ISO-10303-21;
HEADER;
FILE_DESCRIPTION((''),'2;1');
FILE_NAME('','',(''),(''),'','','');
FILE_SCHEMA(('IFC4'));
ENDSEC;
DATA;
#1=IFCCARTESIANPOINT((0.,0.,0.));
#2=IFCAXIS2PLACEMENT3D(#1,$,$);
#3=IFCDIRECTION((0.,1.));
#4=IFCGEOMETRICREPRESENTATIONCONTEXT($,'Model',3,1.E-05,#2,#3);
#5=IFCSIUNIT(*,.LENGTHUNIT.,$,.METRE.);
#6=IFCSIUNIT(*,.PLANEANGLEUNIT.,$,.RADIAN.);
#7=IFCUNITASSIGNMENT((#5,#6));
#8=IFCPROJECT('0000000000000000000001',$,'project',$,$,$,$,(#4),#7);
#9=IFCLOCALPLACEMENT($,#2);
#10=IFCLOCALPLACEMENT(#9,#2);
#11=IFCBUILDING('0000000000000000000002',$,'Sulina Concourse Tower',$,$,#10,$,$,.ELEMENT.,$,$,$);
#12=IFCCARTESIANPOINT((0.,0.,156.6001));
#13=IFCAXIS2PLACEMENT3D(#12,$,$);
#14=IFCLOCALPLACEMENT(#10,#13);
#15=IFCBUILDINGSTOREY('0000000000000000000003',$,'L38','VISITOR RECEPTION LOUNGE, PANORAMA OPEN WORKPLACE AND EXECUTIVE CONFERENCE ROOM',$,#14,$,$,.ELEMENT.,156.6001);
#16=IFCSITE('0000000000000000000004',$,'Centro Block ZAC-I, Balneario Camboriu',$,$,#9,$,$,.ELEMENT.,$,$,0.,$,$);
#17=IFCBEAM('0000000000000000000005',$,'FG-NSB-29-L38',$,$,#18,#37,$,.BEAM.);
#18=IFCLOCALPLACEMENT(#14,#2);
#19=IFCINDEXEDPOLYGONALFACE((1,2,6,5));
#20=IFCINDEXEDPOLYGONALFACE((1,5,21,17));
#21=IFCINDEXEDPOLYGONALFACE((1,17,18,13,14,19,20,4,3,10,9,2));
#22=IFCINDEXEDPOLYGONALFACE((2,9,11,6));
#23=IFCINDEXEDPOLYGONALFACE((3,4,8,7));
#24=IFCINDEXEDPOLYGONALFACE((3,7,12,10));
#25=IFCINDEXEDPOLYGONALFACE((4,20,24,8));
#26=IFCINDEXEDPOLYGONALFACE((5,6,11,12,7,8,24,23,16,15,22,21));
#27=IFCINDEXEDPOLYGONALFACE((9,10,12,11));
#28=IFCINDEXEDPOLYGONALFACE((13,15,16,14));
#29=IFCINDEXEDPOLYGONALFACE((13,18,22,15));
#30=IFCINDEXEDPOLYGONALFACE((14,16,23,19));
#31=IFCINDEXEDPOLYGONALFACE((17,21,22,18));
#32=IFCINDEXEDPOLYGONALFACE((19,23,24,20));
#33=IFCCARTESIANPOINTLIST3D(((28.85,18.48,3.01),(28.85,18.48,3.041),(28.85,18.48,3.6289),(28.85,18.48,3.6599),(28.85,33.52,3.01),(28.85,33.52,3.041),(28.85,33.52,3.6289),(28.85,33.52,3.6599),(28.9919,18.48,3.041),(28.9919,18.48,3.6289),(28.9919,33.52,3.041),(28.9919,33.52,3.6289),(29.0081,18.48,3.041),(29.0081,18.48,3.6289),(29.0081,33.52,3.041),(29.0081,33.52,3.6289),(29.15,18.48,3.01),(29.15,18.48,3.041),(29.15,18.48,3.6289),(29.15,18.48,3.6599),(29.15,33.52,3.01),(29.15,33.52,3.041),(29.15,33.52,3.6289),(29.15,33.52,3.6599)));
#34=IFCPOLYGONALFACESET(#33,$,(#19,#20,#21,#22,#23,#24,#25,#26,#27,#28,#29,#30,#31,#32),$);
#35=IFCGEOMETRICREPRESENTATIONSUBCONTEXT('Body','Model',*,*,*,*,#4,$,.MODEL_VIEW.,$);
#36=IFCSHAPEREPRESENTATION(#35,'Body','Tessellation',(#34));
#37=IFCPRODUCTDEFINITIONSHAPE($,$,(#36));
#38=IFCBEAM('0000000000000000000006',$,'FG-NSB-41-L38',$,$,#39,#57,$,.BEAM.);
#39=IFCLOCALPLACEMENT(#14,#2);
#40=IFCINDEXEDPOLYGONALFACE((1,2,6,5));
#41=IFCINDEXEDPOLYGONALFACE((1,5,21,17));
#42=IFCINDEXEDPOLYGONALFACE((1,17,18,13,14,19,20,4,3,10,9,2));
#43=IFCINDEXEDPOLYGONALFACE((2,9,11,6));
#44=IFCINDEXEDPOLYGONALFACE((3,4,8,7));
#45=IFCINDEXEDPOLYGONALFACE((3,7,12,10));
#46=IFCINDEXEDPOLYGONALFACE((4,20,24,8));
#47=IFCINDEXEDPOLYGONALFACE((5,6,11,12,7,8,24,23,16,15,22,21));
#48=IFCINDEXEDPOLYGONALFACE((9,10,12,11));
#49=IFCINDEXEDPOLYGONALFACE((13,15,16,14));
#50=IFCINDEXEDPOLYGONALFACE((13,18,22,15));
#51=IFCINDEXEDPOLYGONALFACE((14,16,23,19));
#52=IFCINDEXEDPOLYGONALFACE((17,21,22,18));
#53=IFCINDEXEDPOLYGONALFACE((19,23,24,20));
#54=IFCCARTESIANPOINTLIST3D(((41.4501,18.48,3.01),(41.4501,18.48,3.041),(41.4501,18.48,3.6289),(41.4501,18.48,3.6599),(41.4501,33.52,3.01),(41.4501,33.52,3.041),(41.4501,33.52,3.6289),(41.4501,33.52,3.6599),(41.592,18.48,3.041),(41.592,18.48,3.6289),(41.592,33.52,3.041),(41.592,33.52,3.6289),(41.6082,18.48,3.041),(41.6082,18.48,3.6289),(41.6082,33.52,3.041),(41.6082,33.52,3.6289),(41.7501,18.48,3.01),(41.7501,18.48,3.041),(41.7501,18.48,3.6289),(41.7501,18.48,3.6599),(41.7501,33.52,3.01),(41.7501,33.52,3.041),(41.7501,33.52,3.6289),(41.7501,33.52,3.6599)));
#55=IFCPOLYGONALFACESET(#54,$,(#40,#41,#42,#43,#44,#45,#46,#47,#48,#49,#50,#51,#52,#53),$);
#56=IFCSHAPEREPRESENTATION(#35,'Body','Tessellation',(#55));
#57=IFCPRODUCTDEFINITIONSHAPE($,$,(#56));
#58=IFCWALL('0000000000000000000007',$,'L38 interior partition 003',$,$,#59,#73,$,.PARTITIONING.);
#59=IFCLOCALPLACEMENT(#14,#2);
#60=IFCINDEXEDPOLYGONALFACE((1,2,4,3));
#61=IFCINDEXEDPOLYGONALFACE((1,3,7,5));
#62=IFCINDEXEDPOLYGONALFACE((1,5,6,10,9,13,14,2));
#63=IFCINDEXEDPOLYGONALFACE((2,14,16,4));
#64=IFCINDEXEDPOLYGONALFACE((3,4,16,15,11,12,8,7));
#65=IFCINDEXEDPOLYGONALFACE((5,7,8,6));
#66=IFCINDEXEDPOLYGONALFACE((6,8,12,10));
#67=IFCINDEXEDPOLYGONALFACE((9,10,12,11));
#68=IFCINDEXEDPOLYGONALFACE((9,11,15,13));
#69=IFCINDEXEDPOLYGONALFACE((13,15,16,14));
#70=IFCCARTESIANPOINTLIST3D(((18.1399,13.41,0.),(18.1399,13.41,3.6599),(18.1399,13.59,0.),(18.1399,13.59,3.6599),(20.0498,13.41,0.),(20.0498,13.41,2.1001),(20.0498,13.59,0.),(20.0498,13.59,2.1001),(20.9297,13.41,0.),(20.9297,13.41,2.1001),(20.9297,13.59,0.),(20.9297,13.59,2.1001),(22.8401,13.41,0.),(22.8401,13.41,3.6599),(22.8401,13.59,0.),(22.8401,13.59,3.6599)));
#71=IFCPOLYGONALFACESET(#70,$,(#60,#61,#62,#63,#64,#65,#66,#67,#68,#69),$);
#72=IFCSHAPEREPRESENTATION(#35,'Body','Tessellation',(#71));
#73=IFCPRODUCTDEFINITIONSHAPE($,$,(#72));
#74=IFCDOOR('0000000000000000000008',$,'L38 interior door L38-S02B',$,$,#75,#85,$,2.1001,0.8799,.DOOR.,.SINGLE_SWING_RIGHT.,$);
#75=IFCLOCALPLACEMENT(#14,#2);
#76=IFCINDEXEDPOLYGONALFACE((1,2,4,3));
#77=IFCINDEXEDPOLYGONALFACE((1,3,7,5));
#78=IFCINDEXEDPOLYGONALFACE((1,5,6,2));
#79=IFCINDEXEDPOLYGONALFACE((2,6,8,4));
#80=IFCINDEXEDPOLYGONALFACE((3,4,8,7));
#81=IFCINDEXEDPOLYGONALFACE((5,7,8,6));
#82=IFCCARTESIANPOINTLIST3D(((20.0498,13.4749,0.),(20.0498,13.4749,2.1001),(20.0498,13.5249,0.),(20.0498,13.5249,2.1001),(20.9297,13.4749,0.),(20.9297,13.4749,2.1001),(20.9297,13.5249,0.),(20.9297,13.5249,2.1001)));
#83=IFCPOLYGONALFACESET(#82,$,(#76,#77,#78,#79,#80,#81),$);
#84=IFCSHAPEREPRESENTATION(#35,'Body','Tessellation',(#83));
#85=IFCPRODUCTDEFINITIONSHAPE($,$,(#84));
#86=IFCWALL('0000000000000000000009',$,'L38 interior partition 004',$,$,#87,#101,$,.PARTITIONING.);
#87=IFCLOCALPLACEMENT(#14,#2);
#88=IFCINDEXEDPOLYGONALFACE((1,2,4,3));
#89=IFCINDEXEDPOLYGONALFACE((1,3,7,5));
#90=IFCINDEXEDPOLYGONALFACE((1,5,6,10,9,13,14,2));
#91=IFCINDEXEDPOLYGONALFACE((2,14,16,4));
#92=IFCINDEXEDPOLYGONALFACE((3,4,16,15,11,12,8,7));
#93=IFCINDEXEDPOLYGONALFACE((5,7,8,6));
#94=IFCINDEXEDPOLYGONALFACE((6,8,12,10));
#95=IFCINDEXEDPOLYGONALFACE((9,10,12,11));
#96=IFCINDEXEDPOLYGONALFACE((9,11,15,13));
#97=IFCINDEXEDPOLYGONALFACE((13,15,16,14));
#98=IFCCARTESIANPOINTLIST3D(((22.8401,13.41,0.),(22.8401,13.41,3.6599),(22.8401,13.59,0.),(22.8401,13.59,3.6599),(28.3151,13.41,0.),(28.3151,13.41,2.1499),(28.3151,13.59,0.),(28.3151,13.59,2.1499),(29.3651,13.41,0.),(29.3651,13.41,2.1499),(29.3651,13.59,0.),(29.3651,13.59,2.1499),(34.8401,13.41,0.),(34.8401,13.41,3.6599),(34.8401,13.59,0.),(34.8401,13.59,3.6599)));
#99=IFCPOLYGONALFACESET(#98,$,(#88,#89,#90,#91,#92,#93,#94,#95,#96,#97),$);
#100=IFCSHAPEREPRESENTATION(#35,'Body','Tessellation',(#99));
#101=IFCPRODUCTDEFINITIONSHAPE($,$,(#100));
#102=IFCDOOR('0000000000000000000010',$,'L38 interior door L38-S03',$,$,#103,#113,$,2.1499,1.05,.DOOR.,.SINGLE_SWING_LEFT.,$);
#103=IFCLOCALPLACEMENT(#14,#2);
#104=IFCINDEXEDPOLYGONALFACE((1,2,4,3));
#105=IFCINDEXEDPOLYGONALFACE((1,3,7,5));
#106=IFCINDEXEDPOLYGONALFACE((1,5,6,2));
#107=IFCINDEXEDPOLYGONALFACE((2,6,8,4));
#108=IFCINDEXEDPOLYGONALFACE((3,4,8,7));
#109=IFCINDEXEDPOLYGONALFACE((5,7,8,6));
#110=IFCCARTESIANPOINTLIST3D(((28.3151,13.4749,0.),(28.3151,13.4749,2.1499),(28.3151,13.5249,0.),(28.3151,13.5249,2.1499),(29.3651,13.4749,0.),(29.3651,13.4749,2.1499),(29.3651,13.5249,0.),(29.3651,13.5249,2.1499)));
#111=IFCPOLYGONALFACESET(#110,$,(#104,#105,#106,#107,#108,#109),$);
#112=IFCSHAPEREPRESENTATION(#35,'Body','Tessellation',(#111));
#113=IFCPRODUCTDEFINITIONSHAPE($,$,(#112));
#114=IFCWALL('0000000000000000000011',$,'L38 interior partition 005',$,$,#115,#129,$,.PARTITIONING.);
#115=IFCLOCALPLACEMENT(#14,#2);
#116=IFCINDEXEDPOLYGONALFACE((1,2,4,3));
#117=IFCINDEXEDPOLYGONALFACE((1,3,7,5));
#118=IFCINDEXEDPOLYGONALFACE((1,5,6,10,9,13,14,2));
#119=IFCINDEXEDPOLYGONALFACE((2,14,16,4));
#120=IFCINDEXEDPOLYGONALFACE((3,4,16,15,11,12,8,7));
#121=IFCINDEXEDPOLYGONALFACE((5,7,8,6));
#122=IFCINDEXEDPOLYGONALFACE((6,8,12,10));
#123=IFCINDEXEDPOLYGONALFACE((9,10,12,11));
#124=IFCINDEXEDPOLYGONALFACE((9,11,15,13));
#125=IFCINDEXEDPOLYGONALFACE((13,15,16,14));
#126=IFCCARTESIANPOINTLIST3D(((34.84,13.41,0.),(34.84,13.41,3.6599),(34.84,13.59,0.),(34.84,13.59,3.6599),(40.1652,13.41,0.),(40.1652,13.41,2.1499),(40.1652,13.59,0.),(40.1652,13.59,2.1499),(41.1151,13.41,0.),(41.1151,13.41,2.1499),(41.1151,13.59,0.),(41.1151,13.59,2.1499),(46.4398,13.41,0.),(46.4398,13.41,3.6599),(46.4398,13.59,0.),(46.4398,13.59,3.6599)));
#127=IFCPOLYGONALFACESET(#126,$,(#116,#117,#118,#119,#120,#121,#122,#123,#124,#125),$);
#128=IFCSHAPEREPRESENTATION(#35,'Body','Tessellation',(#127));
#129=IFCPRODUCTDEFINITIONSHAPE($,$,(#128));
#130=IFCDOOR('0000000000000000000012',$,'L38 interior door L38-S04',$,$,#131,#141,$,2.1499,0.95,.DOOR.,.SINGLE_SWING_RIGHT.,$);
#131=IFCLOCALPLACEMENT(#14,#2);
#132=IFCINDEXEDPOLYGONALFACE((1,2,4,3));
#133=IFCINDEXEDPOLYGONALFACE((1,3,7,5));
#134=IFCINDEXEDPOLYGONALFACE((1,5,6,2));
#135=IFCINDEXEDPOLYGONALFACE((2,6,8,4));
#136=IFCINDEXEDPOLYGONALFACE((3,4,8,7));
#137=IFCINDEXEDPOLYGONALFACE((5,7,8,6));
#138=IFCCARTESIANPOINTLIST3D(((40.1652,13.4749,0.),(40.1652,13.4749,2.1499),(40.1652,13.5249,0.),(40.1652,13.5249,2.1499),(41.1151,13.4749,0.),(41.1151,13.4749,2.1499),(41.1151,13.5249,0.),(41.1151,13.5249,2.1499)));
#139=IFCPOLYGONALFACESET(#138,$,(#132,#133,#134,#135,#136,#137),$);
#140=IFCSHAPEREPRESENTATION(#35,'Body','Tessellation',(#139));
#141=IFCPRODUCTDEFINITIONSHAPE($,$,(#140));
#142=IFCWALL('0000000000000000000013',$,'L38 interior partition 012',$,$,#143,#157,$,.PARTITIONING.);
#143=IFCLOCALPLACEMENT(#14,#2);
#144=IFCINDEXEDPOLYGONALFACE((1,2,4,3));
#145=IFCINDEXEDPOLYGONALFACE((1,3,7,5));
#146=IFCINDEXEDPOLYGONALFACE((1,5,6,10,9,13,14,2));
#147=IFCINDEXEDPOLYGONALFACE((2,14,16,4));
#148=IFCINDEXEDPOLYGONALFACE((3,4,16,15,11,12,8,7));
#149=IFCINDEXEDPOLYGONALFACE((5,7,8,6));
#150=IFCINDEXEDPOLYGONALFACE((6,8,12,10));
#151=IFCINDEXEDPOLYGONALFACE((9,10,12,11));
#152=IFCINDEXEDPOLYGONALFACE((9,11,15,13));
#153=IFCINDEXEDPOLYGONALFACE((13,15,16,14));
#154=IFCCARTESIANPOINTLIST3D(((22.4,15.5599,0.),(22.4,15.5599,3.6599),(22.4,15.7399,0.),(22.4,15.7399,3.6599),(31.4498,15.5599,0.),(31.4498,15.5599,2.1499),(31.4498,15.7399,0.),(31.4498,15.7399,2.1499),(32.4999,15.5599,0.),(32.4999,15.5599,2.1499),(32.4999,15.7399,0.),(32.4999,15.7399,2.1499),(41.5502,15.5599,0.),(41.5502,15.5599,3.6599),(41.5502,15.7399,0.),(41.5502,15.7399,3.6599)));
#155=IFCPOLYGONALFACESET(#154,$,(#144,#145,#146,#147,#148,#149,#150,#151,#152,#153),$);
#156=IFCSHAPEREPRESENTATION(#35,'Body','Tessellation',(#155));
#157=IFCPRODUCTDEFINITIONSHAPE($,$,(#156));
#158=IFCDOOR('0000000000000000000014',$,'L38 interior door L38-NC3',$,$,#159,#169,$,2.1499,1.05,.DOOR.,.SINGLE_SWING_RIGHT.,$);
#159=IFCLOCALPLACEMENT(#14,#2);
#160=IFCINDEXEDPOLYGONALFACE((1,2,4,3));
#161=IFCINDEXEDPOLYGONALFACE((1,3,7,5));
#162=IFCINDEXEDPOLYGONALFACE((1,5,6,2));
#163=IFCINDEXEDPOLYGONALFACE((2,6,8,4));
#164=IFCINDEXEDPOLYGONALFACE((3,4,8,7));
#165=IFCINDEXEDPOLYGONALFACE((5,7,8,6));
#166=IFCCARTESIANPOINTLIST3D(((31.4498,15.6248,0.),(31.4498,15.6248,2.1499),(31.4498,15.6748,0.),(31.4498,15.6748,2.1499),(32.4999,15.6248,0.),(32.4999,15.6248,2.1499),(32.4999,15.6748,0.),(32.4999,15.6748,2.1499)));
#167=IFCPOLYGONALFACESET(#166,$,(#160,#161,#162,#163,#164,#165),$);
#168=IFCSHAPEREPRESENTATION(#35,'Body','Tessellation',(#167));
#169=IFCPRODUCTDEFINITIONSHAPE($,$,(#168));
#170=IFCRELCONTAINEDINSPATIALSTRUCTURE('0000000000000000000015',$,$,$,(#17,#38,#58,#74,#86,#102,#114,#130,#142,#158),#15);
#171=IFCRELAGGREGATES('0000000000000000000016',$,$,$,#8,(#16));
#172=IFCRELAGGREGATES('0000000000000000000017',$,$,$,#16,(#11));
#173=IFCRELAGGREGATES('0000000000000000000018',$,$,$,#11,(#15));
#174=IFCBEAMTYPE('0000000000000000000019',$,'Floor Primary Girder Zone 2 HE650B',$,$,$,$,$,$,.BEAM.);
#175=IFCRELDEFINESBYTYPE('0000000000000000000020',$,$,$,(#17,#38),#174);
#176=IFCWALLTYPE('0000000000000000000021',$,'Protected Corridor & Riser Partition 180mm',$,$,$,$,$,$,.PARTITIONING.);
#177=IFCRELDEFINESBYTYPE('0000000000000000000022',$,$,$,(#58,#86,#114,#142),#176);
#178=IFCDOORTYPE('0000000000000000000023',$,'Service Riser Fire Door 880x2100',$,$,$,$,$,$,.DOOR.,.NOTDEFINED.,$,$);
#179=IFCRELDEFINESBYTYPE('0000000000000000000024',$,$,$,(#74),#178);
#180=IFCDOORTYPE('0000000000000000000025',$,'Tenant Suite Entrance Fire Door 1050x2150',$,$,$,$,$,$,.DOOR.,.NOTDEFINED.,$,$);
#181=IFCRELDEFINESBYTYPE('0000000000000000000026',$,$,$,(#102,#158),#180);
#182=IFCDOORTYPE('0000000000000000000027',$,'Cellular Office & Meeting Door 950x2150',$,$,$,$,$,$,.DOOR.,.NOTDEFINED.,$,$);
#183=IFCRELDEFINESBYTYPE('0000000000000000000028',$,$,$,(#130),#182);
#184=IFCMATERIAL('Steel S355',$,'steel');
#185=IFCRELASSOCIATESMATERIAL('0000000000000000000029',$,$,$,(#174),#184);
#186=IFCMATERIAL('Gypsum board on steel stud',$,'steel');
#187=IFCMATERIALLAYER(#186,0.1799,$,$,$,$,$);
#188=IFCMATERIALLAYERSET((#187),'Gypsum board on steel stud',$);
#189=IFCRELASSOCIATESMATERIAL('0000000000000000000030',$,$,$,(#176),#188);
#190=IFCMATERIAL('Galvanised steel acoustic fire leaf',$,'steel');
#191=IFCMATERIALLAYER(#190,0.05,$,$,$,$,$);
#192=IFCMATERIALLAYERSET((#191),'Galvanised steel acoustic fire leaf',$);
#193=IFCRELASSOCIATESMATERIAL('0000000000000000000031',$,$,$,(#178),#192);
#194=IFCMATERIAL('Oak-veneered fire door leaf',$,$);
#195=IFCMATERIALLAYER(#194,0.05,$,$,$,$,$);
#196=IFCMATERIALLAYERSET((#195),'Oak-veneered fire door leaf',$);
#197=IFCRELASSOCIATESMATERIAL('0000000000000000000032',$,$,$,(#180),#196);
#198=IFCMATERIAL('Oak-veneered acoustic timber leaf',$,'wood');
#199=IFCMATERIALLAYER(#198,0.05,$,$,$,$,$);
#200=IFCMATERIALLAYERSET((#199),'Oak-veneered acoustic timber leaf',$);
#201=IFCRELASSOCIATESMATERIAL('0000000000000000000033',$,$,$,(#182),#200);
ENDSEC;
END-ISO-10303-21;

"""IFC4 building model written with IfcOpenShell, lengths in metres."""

from ifc_helpers import new_model, si_unit, direction, frame, frame_2d, origin, origin_2d, place, context, subcontext, project, spatial, rectangle, i_section, extrude, material, layer, layer_set, material_profile, profile_set, type_object, element, fill, save


model = new_model("IFC4")

# Units and contexts
model_context = context("Model", 3, precision=1e-05, world=origin(), true_north=direction((0.0, 1.0)))
body_context = subcontext(model_context, "Body", "Model", "MODEL_VIEW")
ifc_project = project(units=[si_unit("LENGTHUNIT", "METRE"), si_unit("PLANEANGLEUNIT", "RADIAN")], contexts=[model_context])

# Site, building, storey
site_placement = place(None, origin())
site = spatial("IfcSite", under=ifc_project, at=site_placement, Name="Centro Block ZAC-I, Balneario Camboriu", CompositionType="ELEMENT", RefElevation=0.0)
building_placement = place(site_placement, origin())
building = spatial("IfcBuilding", under=site, at=building_placement, Name="Sulina Concourse Tower", CompositionType="ELEMENT")
storey_placement = place(building_placement, frame((0.0, 0.0, 156.6001)))
storey = spatial("IfcBuildingStorey", under=building, at=storey_placement, Name="L38", Description="VISITOR RECEPTION LOUNGE, PANORAMA OPEN WORKPLACE AND EXECUTIVE CONFERENCE ROOM", CompositionType="ELEMENT", Elevation=156.6001)

# Beams
ifc_material_1 = material(Name="Steel S355", Category="steel")
ifc_material_profile_1 = material_profile(ifc_material_1, i_section(OverallWidth=0.3, OverallDepth=0.6499, WebThickness=0.0161, FlangeThickness=0.031, at=origin_2d()), Name="HE 650 B")
ifc_profile_set_1 = profile_set([ifc_material_profile_1], Name="Steel S355")
beam_type_1 = type_object("IfcBeamType", Name="Floor Primary Girder Zone 2 HE650B", PredefinedType="BEAM", material=ifc_profile_set_1)
for number, where, z_axis, x_axis, name in (
    (1, (29.0, 18.48, 3.335), (0.0, 1.0, 0.0), (-1.0, 0.0, 0.0), "FG-NSB-29-L38"),
    (2, (41.6001, 18.48, 3.335), (0.0, 1.0, 0.0), (-1.0, 0.0, 0.0), "FG-NSB-41-L38"),
):
    element("IfcBeam", number, at=place(storey_placement, frame(where, z_axis=z_axis, x_axis=x_axis)), inside=storey, type_object=beam_type_1, Name=name, PredefinedType="BEAM", context=body_context, shape_type="SweptSolid", body=[
        extrude(i_section(OverallWidth=0.3, OverallDepth=0.6499, WebThickness=0.0161, FlangeThickness=0.031, at=origin_2d()), origin(), (0.0, 0.0, 1.0), 15.04),
    ])

# Walls, openings, doors
ifc_material_2 = material(Name="Gypsum board on steel stud", Category="steel")
ifc_layer_1 = layer(ifc_material_2, 0.1799)
ifc_layer_set_1 = layer_set([ifc_layer_1], Name="Gypsum board on steel stud")
wall_type = type_object("IfcWallType", Name="Protected Corridor & Riser Partition 180mm", PredefinedType="PARTITIONING", material=ifc_layer_set_1)
wall_1_placement = place(storey_placement, frame((18.1399, 13.5, 0.0), z_axis=(0.0, 0.0, 1.0), x_axis=(1.0, 0.0, 0.0)))
wall_1 = element("IfcWall", 3, at=wall_1_placement, inside=storey, type_object=wall_type, Name="L38 interior partition 003", PredefinedType="PARTITIONING", context=body_context, shape_type="SweptSolid", body=[
    extrude(rectangle(XDim=4.7002, YDim=0.1799, at=frame_2d((2.3501, 0.0))), origin(), (0.0, 0.0, 1.0), 3.6599),
])
opening_1_placement = place(wall_1_placement, frame((1.9099, 0.0, 0.0)))
opening_1 = element("IfcOpeningElement", 4, at=opening_1_placement, cuts=wall_1, PredefinedType="OPENING", context=body_context, shape_type="SweptSolid", body=[
    extrude(rectangle(XDim=0.8799, YDim=2.1001, at=frame_2d((0.4399, 1.05))), frame((0.0, 0.0999, 0.0), z_axis=(0.0, -1.0, 0.0), x_axis=(1.0, 0.0, 0.0)), (0.0, 0.0, 1.0), 0.2),
])
ifc_material_3 = material(Name="Galvanised steel acoustic fire leaf", Category="steel")
ifc_layer_2 = layer(ifc_material_3, 0.05)
ifc_layer_set_2 = layer_set([ifc_layer_2], Name="Galvanised steel acoustic fire leaf")
door_type_1 = type_object("IfcDoorType", Name="Service Riser Fire Door 880x2100", OperationType="NOTDEFINED", PredefinedType="DOOR", material=ifc_layer_set_2)
door_1_placement = place(opening_1_placement, origin())
door_1 = element("IfcDoor", 5, at=door_1_placement, inside=storey, type_object=door_type_1, Name="L38 interior door L38-S02B", OperationType="SINGLE_SWING_RIGHT", OverallHeight=2.1001, OverallWidth=0.8799, PredefinedType="DOOR", context=body_context, shape_type="SweptSolid", body=[
    extrude(rectangle(XDim=0.8799, YDim=2.1001, at=frame_2d((0.4399, 1.05))), frame((0.0, 0.0249, 0.0), z_axis=(0.0, -1.0, 0.0), x_axis=(1.0, 0.0, 0.0)), (0.0, 0.0, 1.0), 0.05),
])
fill(opening_1, door_1)
wall_2_placement = place(storey_placement, frame((22.8401, 13.5, 0.0), z_axis=(0.0, 0.0, 1.0), x_axis=(1.0, 0.0, 0.0)))
wall_2 = element("IfcWall", 6, at=wall_2_placement, inside=storey, type_object=wall_type, Name="L38 interior partition 004", PredefinedType="PARTITIONING", context=body_context, shape_type="SweptSolid", body=[
    extrude(rectangle(XDim=12.0, YDim=0.1799, at=frame_2d((6.0, 0.0))), origin(), (0.0, 0.0, 1.0), 3.6599),
])
opening_2_placement = place(wall_2_placement, frame((5.4751, 0.0, 0.0)))
opening_2 = element("IfcOpeningElement", 7, at=opening_2_placement, cuts=wall_2, PredefinedType="OPENING", context=body_context, shape_type="SweptSolid", body=[
    extrude(rectangle(XDim=1.05, YDim=2.1499, at=frame_2d((0.5249, 1.075))), frame((0.0, 0.0999, 0.0), z_axis=(0.0, -1.0, 0.0), x_axis=(1.0, 0.0, 0.0)), (0.0, 0.0, 1.0), 0.2),
])
ifc_material_4 = material(Name="Oak-veneered fire door leaf")
ifc_layer_3 = layer(ifc_material_4, 0.05)
ifc_layer_set_3 = layer_set([ifc_layer_3], Name="Oak-veneered fire door leaf")
door_type_2 = type_object("IfcDoorType", Name="Tenant Suite Entrance Fire Door 1050x2150", OperationType="NOTDEFINED", PredefinedType="DOOR", material=ifc_layer_set_3)
door_2_placement = place(opening_2_placement, origin())
door_2 = element("IfcDoor", 8, at=door_2_placement, inside=storey, type_object=door_type_2, Name="L38 interior door L38-S03", OperationType="SINGLE_SWING_LEFT", OverallHeight=2.1499, OverallWidth=1.05, PredefinedType="DOOR", context=body_context, shape_type="SweptSolid", body=[
    extrude(rectangle(XDim=1.05, YDim=2.1499, at=frame_2d((0.5249, 1.075))), frame((0.0, 0.0249, 0.0), z_axis=(0.0, -1.0, 0.0), x_axis=(1.0, 0.0, 0.0)), (0.0, 0.0, 1.0), 0.05),
])
fill(opening_2, door_2)
wall_3_placement = place(storey_placement, frame((34.8401, 13.5, 0.0), z_axis=(0.0, 0.0, 1.0), x_axis=(1.0, 0.0, 0.0)))
wall_3 = element("IfcWall", 9, at=wall_3_placement, inside=storey, type_object=wall_type, Name="L38 interior partition 005", PredefinedType="PARTITIONING", context=body_context, shape_type="SweptSolid", body=[
    extrude(rectangle(XDim=11.5999, YDim=0.1799, at=frame_2d((5.7998, 0.0))), origin(), (0.0, 0.0, 1.0), 3.6599),
])
opening_3_placement = place(wall_3_placement, frame((5.325, 0.0, 0.0)))
opening_3 = element("IfcOpeningElement", 10, at=opening_3_placement, cuts=wall_3, PredefinedType="OPENING", context=body_context, shape_type="SweptSolid", body=[
    extrude(rectangle(XDim=0.95, YDim=2.1499, at=frame_2d((0.4751, 1.075))), frame((0.0, 0.0999, 0.0), z_axis=(0.0, -1.0, 0.0), x_axis=(1.0, 0.0, 0.0)), (0.0, 0.0, 1.0), 0.2),
])
ifc_material_5 = material(Name="Oak-veneered acoustic timber leaf", Category="wood")
ifc_layer_4 = layer(ifc_material_5, 0.05)
ifc_layer_set_4 = layer_set([ifc_layer_4], Name="Oak-veneered acoustic timber leaf")
door_type_3 = type_object("IfcDoorType", Name="Cellular Office & Meeting Door 950x2150", OperationType="NOTDEFINED", PredefinedType="DOOR", material=ifc_layer_set_4)
door_3_placement = place(opening_3_placement, origin())
door_3 = element("IfcDoor", 11, at=door_3_placement, inside=storey, type_object=door_type_3, Name="L38 interior door L38-S04", OperationType="SINGLE_SWING_RIGHT", OverallHeight=2.1499, OverallWidth=0.95, PredefinedType="DOOR", context=body_context, shape_type="SweptSolid", body=[
    extrude(rectangle(XDim=0.95, YDim=2.1499, at=frame_2d((0.4751, 1.075))), frame((0.0, 0.0249, 0.0), z_axis=(0.0, -1.0, 0.0), x_axis=(1.0, 0.0, 0.0)), (0.0, 0.0, 1.0), 0.05),
])
fill(opening_3, door_3)
wall_4_placement = place(storey_placement, frame((22.3999, 15.6499, 0.0), z_axis=(0.0, 0.0, 1.0), x_axis=(1.0, 0.0, 0.0)))
wall_4 = element("IfcWall", 12, at=wall_4_placement, inside=storey, type_object=wall_type, Name="L38 interior partition 012", PredefinedType="PARTITIONING", context=body_context, shape_type="SweptSolid", body=[
    extrude(rectangle(XDim=19.1501, YDim=0.1799, at=frame_2d((9.5752, 0.0))), origin(), (0.0, 0.0, 1.0), 3.6599),
])
opening_4_placement = place(wall_4_placement, frame((9.05, 0.0, 0.0)))
opening_4 = element("IfcOpeningElement", 13, at=opening_4_placement, cuts=wall_4, PredefinedType="OPENING", context=body_context, shape_type="SweptSolid", body=[
    extrude(rectangle(XDim=1.05, YDim=2.1499, at=frame_2d((0.5249, 1.075))), frame((0.0, 0.0999, 0.0), z_axis=(0.0, -1.0, 0.0), x_axis=(1.0, 0.0, 0.0)), (0.0, 0.0, 1.0), 0.2),
])
door_4_placement = place(opening_4_placement, origin())
door_4 = element("IfcDoor", 14, at=door_4_placement, inside=storey, type_object=door_type_2, Name="L38 interior door L38-NC3", OperationType="SINGLE_SWING_RIGHT", OverallHeight=2.1499, OverallWidth=1.05, PredefinedType="DOOR", context=body_context, shape_type="SweptSolid", body=[
    extrude(rectangle(XDim=1.05, YDim=2.1499, at=frame_2d((0.5249, 1.075))), frame((0.0, 0.0249, 0.0), z_axis=(0.0, -1.0, 0.0), x_axis=(1.0, 0.0, 0.0)), (0.0, 0.0, 1.0), 0.05),
])
fill(opening_4, door_4)

save(model, "model.ifc")
